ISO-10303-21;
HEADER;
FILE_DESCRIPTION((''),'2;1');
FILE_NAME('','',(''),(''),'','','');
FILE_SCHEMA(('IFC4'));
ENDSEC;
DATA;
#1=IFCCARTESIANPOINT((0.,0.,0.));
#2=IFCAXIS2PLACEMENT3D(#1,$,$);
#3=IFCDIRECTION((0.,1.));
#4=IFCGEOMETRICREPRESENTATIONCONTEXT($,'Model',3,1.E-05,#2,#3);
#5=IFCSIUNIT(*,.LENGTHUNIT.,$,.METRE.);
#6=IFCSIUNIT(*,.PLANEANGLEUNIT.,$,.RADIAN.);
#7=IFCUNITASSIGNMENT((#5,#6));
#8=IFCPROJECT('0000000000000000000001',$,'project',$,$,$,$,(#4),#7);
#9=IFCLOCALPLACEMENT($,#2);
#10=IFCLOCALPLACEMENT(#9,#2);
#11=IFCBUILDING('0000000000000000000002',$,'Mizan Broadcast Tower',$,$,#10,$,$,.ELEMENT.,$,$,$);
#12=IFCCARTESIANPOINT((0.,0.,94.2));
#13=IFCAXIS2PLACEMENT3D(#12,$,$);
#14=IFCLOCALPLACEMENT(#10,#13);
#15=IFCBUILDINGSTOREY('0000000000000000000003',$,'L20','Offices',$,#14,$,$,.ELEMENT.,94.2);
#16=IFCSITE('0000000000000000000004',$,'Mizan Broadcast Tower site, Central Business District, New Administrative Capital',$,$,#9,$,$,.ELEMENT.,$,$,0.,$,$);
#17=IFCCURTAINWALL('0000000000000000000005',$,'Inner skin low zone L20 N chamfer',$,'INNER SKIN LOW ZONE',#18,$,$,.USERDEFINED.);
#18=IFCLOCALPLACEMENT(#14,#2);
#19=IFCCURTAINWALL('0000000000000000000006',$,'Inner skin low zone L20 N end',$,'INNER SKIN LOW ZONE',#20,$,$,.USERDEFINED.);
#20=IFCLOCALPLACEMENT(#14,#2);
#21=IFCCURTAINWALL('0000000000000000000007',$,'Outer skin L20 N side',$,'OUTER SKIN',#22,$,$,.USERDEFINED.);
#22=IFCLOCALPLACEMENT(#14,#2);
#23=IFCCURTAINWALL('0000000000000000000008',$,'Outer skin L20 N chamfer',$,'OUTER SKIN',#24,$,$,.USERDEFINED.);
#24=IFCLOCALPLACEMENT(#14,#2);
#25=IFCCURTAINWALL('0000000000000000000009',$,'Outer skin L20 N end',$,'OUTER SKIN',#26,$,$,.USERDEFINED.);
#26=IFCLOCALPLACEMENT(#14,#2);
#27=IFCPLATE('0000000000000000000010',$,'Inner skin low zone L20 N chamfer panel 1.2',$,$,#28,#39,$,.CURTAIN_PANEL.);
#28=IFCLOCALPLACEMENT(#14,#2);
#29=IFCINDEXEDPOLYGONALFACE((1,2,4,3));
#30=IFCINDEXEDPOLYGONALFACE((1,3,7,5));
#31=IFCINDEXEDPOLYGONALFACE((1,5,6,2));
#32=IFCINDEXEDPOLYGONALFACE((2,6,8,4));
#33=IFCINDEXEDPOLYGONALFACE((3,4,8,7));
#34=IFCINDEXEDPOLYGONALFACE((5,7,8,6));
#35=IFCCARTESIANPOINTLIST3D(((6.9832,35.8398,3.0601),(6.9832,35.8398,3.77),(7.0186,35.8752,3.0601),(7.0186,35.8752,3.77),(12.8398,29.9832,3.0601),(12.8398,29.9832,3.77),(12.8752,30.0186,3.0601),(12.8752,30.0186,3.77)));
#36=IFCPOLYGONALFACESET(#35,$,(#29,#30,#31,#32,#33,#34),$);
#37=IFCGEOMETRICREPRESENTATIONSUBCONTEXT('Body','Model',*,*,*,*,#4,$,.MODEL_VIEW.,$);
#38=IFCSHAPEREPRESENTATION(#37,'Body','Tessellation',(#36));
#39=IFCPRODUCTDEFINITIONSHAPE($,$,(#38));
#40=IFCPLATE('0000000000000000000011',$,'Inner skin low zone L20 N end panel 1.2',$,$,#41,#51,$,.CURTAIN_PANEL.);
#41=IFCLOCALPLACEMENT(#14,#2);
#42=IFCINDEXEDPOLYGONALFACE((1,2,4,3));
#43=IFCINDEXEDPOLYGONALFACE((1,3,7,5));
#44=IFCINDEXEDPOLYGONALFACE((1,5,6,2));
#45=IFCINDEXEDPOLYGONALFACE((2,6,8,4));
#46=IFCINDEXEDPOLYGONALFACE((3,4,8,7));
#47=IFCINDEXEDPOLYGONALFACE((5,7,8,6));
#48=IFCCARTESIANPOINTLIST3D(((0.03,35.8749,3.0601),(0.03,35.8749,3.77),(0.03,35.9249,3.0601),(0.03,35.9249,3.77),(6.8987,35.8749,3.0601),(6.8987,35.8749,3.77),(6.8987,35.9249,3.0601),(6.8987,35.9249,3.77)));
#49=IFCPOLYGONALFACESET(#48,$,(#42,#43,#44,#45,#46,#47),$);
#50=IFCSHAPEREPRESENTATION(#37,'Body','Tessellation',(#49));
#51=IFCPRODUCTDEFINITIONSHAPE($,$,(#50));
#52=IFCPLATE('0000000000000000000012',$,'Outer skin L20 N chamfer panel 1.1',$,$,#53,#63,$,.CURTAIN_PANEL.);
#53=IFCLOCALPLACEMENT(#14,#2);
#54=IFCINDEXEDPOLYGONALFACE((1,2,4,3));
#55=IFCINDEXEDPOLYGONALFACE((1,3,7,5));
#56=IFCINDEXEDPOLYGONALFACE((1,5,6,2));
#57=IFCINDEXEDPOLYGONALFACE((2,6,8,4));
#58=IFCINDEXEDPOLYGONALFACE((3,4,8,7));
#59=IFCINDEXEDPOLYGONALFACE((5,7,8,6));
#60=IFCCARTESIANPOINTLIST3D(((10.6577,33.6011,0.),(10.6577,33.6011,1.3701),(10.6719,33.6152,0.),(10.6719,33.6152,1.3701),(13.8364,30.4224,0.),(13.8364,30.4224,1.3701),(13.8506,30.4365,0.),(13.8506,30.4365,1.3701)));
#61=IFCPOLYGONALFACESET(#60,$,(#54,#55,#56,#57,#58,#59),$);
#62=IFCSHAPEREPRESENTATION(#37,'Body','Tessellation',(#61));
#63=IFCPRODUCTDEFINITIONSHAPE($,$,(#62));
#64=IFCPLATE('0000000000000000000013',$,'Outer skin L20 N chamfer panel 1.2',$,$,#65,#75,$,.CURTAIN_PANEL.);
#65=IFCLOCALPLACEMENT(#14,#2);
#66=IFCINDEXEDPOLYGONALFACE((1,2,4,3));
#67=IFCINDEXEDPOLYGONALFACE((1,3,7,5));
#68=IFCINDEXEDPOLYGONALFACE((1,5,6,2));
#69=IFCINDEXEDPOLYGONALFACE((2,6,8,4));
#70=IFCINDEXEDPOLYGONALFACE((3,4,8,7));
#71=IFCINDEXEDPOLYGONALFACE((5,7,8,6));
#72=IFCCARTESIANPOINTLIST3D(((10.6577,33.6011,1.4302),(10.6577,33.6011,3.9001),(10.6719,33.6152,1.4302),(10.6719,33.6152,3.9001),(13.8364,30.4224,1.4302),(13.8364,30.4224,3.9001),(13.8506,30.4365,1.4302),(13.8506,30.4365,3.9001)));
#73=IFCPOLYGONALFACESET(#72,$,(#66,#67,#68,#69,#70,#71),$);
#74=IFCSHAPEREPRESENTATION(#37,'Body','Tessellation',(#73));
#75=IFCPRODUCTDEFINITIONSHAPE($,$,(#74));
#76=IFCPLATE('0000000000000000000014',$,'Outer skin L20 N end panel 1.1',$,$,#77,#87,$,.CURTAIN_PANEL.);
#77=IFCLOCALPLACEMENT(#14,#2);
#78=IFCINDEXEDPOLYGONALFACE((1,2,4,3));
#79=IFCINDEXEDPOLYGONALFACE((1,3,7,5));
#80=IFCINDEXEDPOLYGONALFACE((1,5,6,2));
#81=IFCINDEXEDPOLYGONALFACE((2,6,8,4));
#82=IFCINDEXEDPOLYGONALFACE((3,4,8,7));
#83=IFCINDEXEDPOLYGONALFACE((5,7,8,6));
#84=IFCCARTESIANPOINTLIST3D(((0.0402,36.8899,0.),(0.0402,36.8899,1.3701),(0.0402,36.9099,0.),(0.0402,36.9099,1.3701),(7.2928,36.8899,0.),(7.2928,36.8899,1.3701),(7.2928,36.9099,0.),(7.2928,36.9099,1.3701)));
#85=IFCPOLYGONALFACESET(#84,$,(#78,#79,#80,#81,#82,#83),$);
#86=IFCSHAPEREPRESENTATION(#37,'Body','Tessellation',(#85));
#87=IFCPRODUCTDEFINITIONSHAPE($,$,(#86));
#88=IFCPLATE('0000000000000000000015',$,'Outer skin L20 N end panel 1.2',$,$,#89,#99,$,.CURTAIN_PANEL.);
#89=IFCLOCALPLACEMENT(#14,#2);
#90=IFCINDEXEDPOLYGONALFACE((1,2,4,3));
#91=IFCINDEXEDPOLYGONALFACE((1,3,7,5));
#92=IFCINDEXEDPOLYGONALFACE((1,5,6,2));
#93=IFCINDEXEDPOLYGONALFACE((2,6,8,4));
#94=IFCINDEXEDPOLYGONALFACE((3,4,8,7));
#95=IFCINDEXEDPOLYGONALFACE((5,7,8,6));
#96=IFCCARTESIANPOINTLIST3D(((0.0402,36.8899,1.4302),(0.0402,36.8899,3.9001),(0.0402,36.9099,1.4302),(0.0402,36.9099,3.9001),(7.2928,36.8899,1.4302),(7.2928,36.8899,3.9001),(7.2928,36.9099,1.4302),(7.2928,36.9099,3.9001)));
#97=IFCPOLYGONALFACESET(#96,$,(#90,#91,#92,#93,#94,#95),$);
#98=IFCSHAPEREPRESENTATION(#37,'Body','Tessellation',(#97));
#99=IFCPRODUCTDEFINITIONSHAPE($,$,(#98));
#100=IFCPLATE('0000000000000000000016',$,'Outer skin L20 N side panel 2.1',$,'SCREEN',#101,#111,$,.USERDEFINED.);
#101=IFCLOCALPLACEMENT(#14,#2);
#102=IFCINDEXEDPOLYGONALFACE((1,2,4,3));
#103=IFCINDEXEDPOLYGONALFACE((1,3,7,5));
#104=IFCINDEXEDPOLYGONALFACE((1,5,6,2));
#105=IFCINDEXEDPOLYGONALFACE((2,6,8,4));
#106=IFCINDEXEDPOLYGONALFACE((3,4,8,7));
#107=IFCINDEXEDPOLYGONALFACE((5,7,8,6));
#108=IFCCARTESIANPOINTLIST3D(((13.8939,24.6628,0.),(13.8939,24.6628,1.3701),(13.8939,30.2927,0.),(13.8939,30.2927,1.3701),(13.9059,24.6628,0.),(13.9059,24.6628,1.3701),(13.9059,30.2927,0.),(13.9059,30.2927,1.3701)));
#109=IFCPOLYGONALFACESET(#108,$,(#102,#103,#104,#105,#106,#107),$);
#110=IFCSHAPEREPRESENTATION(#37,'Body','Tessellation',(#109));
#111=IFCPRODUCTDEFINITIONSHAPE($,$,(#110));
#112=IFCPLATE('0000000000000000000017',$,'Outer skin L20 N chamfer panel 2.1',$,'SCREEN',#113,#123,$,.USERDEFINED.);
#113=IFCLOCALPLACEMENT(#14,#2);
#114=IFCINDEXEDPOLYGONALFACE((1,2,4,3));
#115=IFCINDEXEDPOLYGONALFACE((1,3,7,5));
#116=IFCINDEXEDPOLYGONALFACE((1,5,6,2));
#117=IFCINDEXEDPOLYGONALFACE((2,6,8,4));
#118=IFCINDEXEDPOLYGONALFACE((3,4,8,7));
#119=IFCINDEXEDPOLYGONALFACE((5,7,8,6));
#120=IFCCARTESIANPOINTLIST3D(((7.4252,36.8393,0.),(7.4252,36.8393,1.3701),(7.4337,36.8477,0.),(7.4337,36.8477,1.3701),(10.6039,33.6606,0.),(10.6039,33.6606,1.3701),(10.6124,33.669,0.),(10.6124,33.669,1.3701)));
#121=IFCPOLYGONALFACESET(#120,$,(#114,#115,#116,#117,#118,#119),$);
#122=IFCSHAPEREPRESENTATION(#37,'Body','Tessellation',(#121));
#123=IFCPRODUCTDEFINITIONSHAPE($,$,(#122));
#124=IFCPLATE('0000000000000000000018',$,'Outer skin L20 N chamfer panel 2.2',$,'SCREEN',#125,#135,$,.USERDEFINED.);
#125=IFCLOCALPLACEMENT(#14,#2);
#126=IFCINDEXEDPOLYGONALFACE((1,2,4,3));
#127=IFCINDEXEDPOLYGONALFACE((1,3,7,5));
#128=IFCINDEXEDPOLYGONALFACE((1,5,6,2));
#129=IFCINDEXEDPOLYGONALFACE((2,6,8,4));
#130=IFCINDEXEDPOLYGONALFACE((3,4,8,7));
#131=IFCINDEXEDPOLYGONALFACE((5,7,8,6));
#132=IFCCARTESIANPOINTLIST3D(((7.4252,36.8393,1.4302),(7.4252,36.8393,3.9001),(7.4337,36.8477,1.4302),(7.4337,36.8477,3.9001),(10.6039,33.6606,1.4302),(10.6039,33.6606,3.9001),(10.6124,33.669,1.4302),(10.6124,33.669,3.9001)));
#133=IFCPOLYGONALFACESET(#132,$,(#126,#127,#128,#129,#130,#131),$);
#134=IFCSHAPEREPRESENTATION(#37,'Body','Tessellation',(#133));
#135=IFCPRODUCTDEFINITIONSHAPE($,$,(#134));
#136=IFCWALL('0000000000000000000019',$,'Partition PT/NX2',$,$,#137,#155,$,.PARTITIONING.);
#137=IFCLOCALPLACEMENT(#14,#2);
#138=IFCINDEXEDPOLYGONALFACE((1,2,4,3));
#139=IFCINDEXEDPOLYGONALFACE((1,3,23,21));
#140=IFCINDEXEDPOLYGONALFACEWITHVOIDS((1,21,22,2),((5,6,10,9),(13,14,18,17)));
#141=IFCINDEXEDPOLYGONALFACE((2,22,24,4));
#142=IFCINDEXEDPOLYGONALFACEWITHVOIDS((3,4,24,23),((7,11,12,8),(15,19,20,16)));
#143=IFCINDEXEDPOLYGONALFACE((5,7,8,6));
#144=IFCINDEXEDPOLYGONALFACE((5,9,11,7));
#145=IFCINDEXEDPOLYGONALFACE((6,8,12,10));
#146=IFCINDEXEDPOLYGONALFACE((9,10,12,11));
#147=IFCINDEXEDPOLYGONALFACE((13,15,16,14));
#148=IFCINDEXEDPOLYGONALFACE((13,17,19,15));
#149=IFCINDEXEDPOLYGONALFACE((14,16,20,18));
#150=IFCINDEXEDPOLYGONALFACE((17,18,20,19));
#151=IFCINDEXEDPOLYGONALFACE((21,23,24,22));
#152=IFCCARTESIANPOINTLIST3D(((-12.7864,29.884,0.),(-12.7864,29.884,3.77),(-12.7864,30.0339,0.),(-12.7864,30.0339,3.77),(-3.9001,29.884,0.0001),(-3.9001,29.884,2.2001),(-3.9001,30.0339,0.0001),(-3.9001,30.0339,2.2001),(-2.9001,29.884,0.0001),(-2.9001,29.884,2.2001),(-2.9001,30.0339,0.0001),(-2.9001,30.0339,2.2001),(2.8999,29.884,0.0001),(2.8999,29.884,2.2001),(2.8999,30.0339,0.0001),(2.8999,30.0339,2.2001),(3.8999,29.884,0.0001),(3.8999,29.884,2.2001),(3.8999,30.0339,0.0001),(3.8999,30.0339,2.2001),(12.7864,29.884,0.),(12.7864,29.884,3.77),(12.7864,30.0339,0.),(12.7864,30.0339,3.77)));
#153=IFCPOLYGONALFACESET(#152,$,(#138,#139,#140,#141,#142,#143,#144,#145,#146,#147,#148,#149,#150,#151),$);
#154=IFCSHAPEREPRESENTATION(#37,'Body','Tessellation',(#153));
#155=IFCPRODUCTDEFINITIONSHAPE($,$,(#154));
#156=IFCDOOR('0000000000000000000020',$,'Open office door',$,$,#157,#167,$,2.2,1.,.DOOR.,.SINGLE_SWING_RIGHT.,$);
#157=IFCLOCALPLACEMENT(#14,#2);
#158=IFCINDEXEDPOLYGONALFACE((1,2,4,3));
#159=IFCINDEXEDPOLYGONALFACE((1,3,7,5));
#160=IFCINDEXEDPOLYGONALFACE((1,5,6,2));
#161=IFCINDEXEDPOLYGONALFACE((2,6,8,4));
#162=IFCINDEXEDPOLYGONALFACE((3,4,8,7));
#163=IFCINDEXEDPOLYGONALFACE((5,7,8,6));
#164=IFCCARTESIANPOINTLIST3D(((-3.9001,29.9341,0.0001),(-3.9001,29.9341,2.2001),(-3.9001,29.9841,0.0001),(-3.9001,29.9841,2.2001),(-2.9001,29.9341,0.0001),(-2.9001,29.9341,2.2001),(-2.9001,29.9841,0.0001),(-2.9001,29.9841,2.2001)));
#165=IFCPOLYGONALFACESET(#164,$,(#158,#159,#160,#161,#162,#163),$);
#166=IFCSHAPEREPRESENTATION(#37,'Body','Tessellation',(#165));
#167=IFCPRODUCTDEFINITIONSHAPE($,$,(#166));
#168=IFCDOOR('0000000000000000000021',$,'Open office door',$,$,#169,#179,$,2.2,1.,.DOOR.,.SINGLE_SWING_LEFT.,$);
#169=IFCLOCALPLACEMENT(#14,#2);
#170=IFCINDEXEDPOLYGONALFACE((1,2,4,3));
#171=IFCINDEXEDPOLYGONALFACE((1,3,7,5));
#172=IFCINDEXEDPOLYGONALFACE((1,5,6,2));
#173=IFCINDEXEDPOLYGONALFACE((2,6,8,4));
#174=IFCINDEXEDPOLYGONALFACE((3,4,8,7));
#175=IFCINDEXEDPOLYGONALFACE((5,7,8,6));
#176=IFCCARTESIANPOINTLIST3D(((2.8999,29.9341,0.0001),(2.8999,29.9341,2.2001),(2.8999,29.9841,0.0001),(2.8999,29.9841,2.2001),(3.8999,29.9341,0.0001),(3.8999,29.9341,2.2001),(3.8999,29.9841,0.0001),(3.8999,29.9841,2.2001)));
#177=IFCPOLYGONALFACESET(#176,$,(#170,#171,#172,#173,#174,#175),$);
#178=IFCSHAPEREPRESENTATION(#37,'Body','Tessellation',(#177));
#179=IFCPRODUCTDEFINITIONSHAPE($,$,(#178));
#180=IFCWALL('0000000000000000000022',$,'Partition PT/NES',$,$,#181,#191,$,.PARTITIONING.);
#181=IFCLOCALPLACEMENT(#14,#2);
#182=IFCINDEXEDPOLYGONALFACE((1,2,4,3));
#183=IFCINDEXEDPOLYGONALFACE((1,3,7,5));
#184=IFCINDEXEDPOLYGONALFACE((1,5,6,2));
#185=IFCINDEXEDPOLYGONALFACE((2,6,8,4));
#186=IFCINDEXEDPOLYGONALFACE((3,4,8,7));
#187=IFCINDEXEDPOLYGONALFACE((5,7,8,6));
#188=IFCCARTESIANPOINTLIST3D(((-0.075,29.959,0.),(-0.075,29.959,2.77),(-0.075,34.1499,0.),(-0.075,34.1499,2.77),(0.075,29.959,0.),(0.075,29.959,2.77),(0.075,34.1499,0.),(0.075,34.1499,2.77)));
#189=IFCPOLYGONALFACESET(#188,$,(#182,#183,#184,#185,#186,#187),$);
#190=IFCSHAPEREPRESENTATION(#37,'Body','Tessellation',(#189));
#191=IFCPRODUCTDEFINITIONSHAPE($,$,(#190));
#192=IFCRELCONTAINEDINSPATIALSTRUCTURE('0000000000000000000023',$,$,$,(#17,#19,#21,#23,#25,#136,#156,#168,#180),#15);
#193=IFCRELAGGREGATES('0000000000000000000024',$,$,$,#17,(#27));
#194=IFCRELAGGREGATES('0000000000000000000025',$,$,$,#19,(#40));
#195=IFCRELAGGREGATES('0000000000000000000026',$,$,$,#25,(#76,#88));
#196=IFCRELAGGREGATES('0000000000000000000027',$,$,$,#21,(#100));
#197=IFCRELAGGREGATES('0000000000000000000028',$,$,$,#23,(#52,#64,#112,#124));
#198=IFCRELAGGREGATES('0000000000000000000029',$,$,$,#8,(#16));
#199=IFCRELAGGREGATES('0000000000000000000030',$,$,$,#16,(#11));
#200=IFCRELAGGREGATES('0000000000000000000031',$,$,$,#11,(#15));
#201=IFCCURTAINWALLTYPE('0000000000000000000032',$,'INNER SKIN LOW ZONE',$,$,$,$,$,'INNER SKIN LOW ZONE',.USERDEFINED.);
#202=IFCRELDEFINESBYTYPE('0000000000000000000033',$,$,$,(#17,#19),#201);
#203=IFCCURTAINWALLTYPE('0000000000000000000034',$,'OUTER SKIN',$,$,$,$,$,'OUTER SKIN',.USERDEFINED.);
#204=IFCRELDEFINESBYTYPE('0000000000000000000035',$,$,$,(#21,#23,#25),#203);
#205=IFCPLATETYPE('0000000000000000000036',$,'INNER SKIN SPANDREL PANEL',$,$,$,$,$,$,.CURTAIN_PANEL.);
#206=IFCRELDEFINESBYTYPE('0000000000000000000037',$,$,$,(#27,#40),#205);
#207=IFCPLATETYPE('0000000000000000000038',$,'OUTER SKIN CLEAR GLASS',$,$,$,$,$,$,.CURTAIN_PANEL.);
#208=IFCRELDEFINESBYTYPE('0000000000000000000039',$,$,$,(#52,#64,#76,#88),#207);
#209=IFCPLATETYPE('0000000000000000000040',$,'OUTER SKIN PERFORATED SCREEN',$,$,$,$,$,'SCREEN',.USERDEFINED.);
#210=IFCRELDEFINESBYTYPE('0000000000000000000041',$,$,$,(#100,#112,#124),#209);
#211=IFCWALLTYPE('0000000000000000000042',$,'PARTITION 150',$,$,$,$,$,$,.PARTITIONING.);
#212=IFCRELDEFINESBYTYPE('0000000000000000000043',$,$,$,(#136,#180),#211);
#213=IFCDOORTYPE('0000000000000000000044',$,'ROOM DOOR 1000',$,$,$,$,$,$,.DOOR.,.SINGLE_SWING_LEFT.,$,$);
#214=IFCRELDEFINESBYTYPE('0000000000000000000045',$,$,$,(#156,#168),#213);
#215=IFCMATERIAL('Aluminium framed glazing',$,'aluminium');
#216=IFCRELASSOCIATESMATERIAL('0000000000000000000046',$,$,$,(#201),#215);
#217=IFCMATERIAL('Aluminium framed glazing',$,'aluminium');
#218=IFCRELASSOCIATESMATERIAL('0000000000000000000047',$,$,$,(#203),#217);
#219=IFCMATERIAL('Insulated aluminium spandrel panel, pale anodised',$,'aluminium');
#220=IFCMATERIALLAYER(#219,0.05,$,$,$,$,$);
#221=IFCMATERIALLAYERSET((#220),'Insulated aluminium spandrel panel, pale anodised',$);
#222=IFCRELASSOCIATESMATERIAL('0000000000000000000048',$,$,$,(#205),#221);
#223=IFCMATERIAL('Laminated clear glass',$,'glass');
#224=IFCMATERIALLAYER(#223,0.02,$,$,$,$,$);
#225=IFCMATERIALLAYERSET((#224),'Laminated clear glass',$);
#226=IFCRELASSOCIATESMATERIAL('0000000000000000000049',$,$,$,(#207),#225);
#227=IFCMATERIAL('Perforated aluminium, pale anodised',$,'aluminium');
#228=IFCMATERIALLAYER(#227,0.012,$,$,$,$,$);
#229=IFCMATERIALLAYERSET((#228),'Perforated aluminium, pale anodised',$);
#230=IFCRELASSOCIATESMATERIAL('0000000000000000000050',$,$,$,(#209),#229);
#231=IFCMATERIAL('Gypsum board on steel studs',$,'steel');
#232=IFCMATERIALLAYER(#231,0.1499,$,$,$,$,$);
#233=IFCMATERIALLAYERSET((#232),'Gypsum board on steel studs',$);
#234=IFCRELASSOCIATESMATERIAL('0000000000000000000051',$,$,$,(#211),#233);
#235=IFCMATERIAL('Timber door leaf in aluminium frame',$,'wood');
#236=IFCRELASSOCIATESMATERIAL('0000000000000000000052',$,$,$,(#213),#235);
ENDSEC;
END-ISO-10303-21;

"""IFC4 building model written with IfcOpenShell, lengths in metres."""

from ifc_helpers import new_model, si_unit, direction, frame, frame_2d, origin, origin_2d, place, context, subcontext, project, spatial, rectangle, extrude, material, layer, layer_set, type_object, element, fill, aggregate, save


model = new_model("IFC4")

# Units and contexts
model_context = context("Model", 3, precision=1e-05, world=origin(), true_north=direction((0.0, 1.0)))
body_context = subcontext(model_context, "Body", "Model", "MODEL_VIEW")
ifc_project = project(units=[si_unit("LENGTHUNIT", "METRE"), si_unit("PLANEANGLEUNIT", "RADIAN")], contexts=[model_context])

# Site, building, storey
site_placement = place(None, origin())
site = spatial("IfcSite", under=ifc_project, at=site_placement, Name="Mizan Broadcast Tower site, Central Business District, New Administrative Capital", CompositionType="ELEMENT", RefElevation=0.0)
building_placement = place(site_placement, origin())
building = spatial("IfcBuilding", under=site, at=building_placement, Name="Mizan Broadcast Tower", CompositionType="ELEMENT")
storey_placement = place(building_placement, frame((0.0, 0.0, 94.2)))
storey = spatial("IfcBuildingStorey", under=building, at=storey_placement, Name="L20", Description="Offices", CompositionType="ELEMENT", Elevation=94.2)

# Curtain walls
ifc_material_1 = material(Name="Aluminium framed glazing", Category="aluminium")
curtain_wall_type_1 = type_object("IfcCurtainWallType", Name="INNER SKIN LOW ZONE", ElementType="INNER SKIN LOW ZONE", PredefinedType="USERDEFINED", material=ifc_material_1)
curtain_wall_1_placement = place(storey_placement, origin())
curtain_wall_1 = element("IfcCurtainWall", 1, at=curtain_wall_1_placement, inside=storey, type_object=curtain_wall_type_1, Name="Inner skin low zone L20 N chamfer", ObjectType="INNER SKIN LOW ZONE", PredefinedType="USERDEFINED")
curtain_wall_2_placement = place(storey_placement, origin())
curtain_wall_2 = element("IfcCurtainWall", 2, at=curtain_wall_2_placement, inside=storey, type_object=curtain_wall_type_1, Name="Inner skin low zone L20 N end", ObjectType="INNER SKIN LOW ZONE", PredefinedType="USERDEFINED")

# Curtain wall
ifc_material_2 = material(Name="Aluminium framed glazing", Category="aluminium")
curtain_wall_type_2 = type_object("IfcCurtainWallType", Name="OUTER SKIN", ElementType="OUTER SKIN", PredefinedType="USERDEFINED", material=ifc_material_2)
curtain_wall_3_placement = place(storey_placement, origin())
curtain_wall_3 = element("IfcCurtainWall", 3, at=curtain_wall_3_placement, inside=storey, type_object=curtain_wall_type_2, Name="Outer skin L20 N side", ObjectType="OUTER SKIN", PredefinedType="USERDEFINED")

# Curtain wall
curtain_wall_4_placement = place(storey_placement, origin())
curtain_wall_4 = element("IfcCurtainWall", 4, at=curtain_wall_4_placement, inside=storey, type_object=curtain_wall_type_2, Name="Outer skin L20 N chamfer", ObjectType="OUTER SKIN", PredefinedType="USERDEFINED")

# Curtain wall
curtain_wall_5_placement = place(storey_placement, origin())
curtain_wall_5 = element("IfcCurtainWall", 5, at=curtain_wall_5_placement, inside=storey, type_object=curtain_wall_type_2, Name="Outer skin L20 N end", ObjectType="OUTER SKIN", PredefinedType="USERDEFINED")

# Plates
ifc_material_3 = material(Name="Insulated aluminium spandrel panel, pale anodised", Category="aluminium")
ifc_layer_1 = layer(ifc_material_3, 0.05)
ifc_layer_set_1 = layer_set([ifc_layer_1], Name="Insulated aluminium spandrel panel, pale anodised")
plate_type_1 = type_object("IfcPlateType", Name="INNER SKIN SPANDREL PANEL", PredefinedType="CURTAIN_PANEL", material=ifc_layer_set_1)
plate_1_placement = place(storey_placement, frame((9.9292, 32.9292, 3.0601), z_axis=(0.0, 0.0, 1.0), x_axis=(-0.707107, 0.707107, 0.0)))
plate_1 = element("IfcPlate", 6, at=plate_1_placement, type_object=plate_type_1, Name="Inner skin low zone L20 N chamfer panel 1.2", PredefinedType="CURTAIN_PANEL", context=body_context, shape_type="SweptSolid", body=[
    extrude(rectangle(XDim=8.2825, YDim=0.05, at=origin_2d()), origin(), (0.0, 0.0, 1.0), 0.71),
])
aggregate(curtain_wall_1, [plate_1])
plate_2_placement = place(storey_placement, frame((3.4644, 35.8999, 3.0601), z_axis=(0.0, 0.0, 1.0), x_axis=(-1.0, 0.0, 0.0)))
plate_2 = element("IfcPlate", 7, at=plate_2_placement, type_object=plate_type_1, Name="Inner skin low zone L20 N end panel 1.2", PredefinedType="CURTAIN_PANEL", context=body_context, shape_type="SweptSolid", body=[
    extrude(rectangle(XDim=6.8687, YDim=0.05, at=origin_2d()), origin(), (0.0, 0.0, 1.0), 0.71),
])
aggregate(curtain_wall_2, [plate_2])
ifc_material_4 = material(Name="Laminated clear glass", Category="glass")
ifc_layer_2 = layer(ifc_material_4, 0.02)
ifc_layer_set_2 = layer_set([ifc_layer_2], Name="Laminated clear glass")
plate_type_2 = type_object("IfcPlateType", Name="OUTER SKIN CLEAR GLASS", PredefinedType="CURTAIN_PANEL", material=ifc_layer_set_2)
plate_3_placement = place(storey_placement, frame((12.2542, 32.0188, 0.0), z_axis=(0.0, 0.0, 1.0), x_axis=(-0.707107, 0.707107, 0.0)))
plate_3 = element("IfcPlate", 8, at=plate_3_placement, type_object=plate_type_2, Name="Outer skin L20 N chamfer panel 1.1", PredefinedType="CURTAIN_PANEL", context=body_context, shape_type="SweptSolid", body=[
    extrude(rectangle(XDim=4.4954, YDim=0.02, at=origin_2d()), origin(), (0.0, 0.0, 1.0), 1.3701),
])
plate_4_placement = place(storey_placement, frame((12.2542, 32.0188, 1.4302), z_axis=(0.0, 0.0, 1.0), x_axis=(-0.707107, 0.707107, 0.0)))
plate_4 = element("IfcPlate", 9, at=plate_4_placement, type_object=plate_type_2, Name="Outer skin L20 N chamfer panel 1.2", PredefinedType="CURTAIN_PANEL", context=body_context, shape_type="SweptSolid", body=[
    extrude(rectangle(XDim=4.4954, YDim=0.02, at=origin_2d()), origin(), (0.0, 0.0, 1.0), 2.47),
])
plate_5_placement = place(storey_placement, frame((3.6665, 36.8999, 0.0), z_axis=(0.0, 0.0, 1.0), x_axis=(-1.0, 0.0, 0.0)))
plate_5 = element("IfcPlate", 10, at=plate_5_placement, type_object=plate_type_2, Name="Outer skin L20 N end panel 1.1", PredefinedType="CURTAIN_PANEL", context=body_context, shape_type="SweptSolid", body=[
    extrude(rectangle(XDim=7.2527, YDim=0.02, at=origin_2d()), origin(), (0.0, 0.0, 1.0), 1.3701),
])
plate_6_placement = place(storey_placement, frame((3.6665, 36.8999, 1.4302), z_axis=(0.0, 0.0, 1.0), x_axis=(-1.0, 0.0, 0.0)))
plate_6 = element("IfcPlate", 11, at=plate_6_placement, type_object=plate_type_2, Name="Outer skin L20 N end panel 1.2", PredefinedType="CURTAIN_PANEL", context=body_context, shape_type="SweptSolid", body=[
    extrude(rectangle(XDim=7.2527, YDim=0.02, at=origin_2d()), origin(), (0.0, 0.0, 1.0), 2.47),
])
aggregate(curtain_wall_5, [plate_5, plate_6])
ifc_material_5 = material(Name="Perforated aluminium, pale anodised", Category="aluminium")
ifc_layer_3 = layer(ifc_material_5, 0.012)
ifc_layer_set_3 = layer_set([ifc_layer_3], Name="Perforated aluminium, pale anodised")
plate_type_3 = type_object("IfcPlateType", Name="OUTER SKIN PERFORATED SCREEN", ElementType="SCREEN", PredefinedType="USERDEFINED", material=ifc_layer_set_3)
plate_7_placement = place(storey_placement, frame((13.8999, 27.4778, 0.0), z_axis=(0.0, 0.0, 1.0), x_axis=(0.0, 1.0, 0.0)))
plate_7 = element("IfcPlate", 12, at=plate_7_placement, type_object=plate_type_3, Name="Outer skin L20 N side panel 2.1", ObjectType="SCREEN", PredefinedType="USERDEFINED", context=body_context, shape_type="SweptSolid", body=[
    extrude(rectangle(XDim=5.6299, YDim=0.012, at=origin_2d()), origin(), (0.0, 0.0, 1.0), 1.3701),
])
aggregate(curtain_wall_3, [plate_7])
plate_8_placement = place(storey_placement, frame((9.0188, 35.2542, 0.0), z_axis=(0.0, 0.0, 1.0), x_axis=(-0.707107, 0.707107, 0.0)))
plate_8 = element("IfcPlate", 13, at=plate_8_placement, type_object=plate_type_3, Name="Outer skin L20 N chamfer panel 2.1", ObjectType="SCREEN", PredefinedType="USERDEFINED", context=body_context, shape_type="SweptSolid", body=[
    extrude(rectangle(XDim=4.4954, YDim=0.012, at=origin_2d()), origin(), (0.0, 0.0, 1.0), 1.3701),
])
plate_9_placement = place(storey_placement, frame((9.0188, 35.2542, 1.4302), z_axis=(0.0, 0.0, 1.0), x_axis=(-0.707107, 0.707107, 0.0)))
plate_9 = element("IfcPlate", 14, at=plate_9_placement, type_object=plate_type_3, Name="Outer skin L20 N chamfer panel 2.2", ObjectType="SCREEN", PredefinedType="USERDEFINED", context=body_context, shape_type="SweptSolid", body=[
    extrude(rectangle(XDim=4.4954, YDim=0.012, at=origin_2d()), origin(), (0.0, 0.0, 1.0), 2.47),
])
aggregate(curtain_wall_4, [plate_3, plate_4, plate_8, plate_9])

# Wall, openings, doors
ifc_material_6 = material(Name="Gypsum board on steel studs", Category="steel")
ifc_layer_4 = layer(ifc_material_6, 0.1499)
ifc_layer_set_4 = layer_set([ifc_layer_4], Name="Gypsum board on steel studs")
wall_type = type_object("IfcWallType", Name="PARTITION 150", PredefinedType="PARTITIONING", material=ifc_layer_set_4)
wall_1_placement = place(storey_placement, frame((12.7864, 29.959, 0.0), z_axis=(0.0, 0.0, 1.0), x_axis=(-1.0, 0.0, 0.0)))
wall_1 = element("IfcWall", 15, at=wall_1_placement, inside=storey, type_object=wall_type, Name="Partition PT/NX2", PredefinedType="PARTITIONING", context=body_context, shape_type="SweptSolid", body=[
    extrude(rectangle(XDim=25.5728, YDim=0.1499, at=frame_2d((12.7864, 0.0))), origin(), (0.0, 0.0, 1.0), 3.77),
])
opening_1_placement = place(wall_1_placement, frame((15.6865, 0.0, 0.0)))
opening_1 = element("IfcOpeningElement", 16, at=opening_1_placement, cuts=wall_1, PredefinedType="OPENING", context=body_context, shape_type="SweptSolid", body=[
    extrude(rectangle(XDim=1.0, YDim=2.2, at=frame_2d((0.5, 1.1001))), frame((0.0, 0.085, 0.0), z_axis=(0.0, -1.0, 0.0), x_axis=(1.0, 0.0, 0.0)), (0.0, 0.0, 1.0), 0.1699),
])
opening_2_placement = place(wall_1_placement, frame((8.8865, 0.0, 0.0)))
opening_2 = element("IfcOpeningElement", 17, at=opening_2_placement, cuts=wall_1, PredefinedType="OPENING", context=body_context, shape_type="SweptSolid", body=[
    extrude(rectangle(XDim=1.0, YDim=2.2, at=frame_2d((0.5, 1.1001))), frame((0.0, 0.085, 0.0), z_axis=(0.0, -1.0, 0.0), x_axis=(1.0, 0.0, 0.0)), (0.0, 0.0, 1.0), 0.1699),
])
ifc_material_7 = material(Name="Timber door leaf in aluminium frame", Category="wood")
door_type = type_object("IfcDoorType", Name="ROOM DOOR 1000", OperationType="SINGLE_SWING_LEFT", PredefinedType="DOOR", material=ifc_material_7)
door_1_placement = place(opening_1_placement, origin())
door_1 = element("IfcDoor", 18, at=door_1_placement, inside=storey, type_object=door_type, Name="Open office door", OperationType="SINGLE_SWING_RIGHT", OverallHeight=2.2, OverallWidth=1.0, PredefinedType="DOOR", context=body_context, shape_type="SweptSolid", body=[
    extrude(rectangle(XDim=1.0, YDim=2.2, at=frame_2d((0.5, 1.1001))), frame((0.0, 0.0249, 0.0), z_axis=(0.0, -1.0, 0.0), x_axis=(1.0, 0.0, 0.0)), (0.0, 0.0, 1.0), 0.05),
])
fill(opening_1, door_1)
door_2_placement = place(opening_2_placement, origin())
door_2 = element("IfcDoor", 19, at=door_2_placement, inside=storey, type_object=door_type, Name="Open office door", OperationType="SINGLE_SWING_LEFT", OverallHeight=2.2, OverallWidth=1.0, PredefinedType="DOOR", context=body_context, shape_type="SweptSolid", body=[
    extrude(rectangle(XDim=1.0, YDim=2.2, at=frame_2d((0.5, 1.1001))), frame((0.0, 0.0249, 0.0), z_axis=(0.0, -1.0, 0.0), x_axis=(1.0, 0.0, 0.0)), (0.0, 0.0, 1.0), 0.05),
])
fill(opening_2, door_2)

# Wall
wall_2_placement = place(storey_placement, frame((0.0, 29.959, 0.0), z_axis=(0.0, 0.0, 1.0), x_axis=(0.0, 1.0, 0.0)))
element("IfcWall", 20, at=wall_2_placement, inside=storey, type_object=wall_type, Name="Partition PT/NES", PredefinedType="PARTITIONING", context=body_context, shape_type="SweptSolid", body=[
    extrude(rectangle(XDim=4.1909, YDim=0.1499, at=frame_2d((2.0955, 0.0))), origin(), (0.0, 0.0, 1.0), 2.77),
])

save(model, "model.ifc")
